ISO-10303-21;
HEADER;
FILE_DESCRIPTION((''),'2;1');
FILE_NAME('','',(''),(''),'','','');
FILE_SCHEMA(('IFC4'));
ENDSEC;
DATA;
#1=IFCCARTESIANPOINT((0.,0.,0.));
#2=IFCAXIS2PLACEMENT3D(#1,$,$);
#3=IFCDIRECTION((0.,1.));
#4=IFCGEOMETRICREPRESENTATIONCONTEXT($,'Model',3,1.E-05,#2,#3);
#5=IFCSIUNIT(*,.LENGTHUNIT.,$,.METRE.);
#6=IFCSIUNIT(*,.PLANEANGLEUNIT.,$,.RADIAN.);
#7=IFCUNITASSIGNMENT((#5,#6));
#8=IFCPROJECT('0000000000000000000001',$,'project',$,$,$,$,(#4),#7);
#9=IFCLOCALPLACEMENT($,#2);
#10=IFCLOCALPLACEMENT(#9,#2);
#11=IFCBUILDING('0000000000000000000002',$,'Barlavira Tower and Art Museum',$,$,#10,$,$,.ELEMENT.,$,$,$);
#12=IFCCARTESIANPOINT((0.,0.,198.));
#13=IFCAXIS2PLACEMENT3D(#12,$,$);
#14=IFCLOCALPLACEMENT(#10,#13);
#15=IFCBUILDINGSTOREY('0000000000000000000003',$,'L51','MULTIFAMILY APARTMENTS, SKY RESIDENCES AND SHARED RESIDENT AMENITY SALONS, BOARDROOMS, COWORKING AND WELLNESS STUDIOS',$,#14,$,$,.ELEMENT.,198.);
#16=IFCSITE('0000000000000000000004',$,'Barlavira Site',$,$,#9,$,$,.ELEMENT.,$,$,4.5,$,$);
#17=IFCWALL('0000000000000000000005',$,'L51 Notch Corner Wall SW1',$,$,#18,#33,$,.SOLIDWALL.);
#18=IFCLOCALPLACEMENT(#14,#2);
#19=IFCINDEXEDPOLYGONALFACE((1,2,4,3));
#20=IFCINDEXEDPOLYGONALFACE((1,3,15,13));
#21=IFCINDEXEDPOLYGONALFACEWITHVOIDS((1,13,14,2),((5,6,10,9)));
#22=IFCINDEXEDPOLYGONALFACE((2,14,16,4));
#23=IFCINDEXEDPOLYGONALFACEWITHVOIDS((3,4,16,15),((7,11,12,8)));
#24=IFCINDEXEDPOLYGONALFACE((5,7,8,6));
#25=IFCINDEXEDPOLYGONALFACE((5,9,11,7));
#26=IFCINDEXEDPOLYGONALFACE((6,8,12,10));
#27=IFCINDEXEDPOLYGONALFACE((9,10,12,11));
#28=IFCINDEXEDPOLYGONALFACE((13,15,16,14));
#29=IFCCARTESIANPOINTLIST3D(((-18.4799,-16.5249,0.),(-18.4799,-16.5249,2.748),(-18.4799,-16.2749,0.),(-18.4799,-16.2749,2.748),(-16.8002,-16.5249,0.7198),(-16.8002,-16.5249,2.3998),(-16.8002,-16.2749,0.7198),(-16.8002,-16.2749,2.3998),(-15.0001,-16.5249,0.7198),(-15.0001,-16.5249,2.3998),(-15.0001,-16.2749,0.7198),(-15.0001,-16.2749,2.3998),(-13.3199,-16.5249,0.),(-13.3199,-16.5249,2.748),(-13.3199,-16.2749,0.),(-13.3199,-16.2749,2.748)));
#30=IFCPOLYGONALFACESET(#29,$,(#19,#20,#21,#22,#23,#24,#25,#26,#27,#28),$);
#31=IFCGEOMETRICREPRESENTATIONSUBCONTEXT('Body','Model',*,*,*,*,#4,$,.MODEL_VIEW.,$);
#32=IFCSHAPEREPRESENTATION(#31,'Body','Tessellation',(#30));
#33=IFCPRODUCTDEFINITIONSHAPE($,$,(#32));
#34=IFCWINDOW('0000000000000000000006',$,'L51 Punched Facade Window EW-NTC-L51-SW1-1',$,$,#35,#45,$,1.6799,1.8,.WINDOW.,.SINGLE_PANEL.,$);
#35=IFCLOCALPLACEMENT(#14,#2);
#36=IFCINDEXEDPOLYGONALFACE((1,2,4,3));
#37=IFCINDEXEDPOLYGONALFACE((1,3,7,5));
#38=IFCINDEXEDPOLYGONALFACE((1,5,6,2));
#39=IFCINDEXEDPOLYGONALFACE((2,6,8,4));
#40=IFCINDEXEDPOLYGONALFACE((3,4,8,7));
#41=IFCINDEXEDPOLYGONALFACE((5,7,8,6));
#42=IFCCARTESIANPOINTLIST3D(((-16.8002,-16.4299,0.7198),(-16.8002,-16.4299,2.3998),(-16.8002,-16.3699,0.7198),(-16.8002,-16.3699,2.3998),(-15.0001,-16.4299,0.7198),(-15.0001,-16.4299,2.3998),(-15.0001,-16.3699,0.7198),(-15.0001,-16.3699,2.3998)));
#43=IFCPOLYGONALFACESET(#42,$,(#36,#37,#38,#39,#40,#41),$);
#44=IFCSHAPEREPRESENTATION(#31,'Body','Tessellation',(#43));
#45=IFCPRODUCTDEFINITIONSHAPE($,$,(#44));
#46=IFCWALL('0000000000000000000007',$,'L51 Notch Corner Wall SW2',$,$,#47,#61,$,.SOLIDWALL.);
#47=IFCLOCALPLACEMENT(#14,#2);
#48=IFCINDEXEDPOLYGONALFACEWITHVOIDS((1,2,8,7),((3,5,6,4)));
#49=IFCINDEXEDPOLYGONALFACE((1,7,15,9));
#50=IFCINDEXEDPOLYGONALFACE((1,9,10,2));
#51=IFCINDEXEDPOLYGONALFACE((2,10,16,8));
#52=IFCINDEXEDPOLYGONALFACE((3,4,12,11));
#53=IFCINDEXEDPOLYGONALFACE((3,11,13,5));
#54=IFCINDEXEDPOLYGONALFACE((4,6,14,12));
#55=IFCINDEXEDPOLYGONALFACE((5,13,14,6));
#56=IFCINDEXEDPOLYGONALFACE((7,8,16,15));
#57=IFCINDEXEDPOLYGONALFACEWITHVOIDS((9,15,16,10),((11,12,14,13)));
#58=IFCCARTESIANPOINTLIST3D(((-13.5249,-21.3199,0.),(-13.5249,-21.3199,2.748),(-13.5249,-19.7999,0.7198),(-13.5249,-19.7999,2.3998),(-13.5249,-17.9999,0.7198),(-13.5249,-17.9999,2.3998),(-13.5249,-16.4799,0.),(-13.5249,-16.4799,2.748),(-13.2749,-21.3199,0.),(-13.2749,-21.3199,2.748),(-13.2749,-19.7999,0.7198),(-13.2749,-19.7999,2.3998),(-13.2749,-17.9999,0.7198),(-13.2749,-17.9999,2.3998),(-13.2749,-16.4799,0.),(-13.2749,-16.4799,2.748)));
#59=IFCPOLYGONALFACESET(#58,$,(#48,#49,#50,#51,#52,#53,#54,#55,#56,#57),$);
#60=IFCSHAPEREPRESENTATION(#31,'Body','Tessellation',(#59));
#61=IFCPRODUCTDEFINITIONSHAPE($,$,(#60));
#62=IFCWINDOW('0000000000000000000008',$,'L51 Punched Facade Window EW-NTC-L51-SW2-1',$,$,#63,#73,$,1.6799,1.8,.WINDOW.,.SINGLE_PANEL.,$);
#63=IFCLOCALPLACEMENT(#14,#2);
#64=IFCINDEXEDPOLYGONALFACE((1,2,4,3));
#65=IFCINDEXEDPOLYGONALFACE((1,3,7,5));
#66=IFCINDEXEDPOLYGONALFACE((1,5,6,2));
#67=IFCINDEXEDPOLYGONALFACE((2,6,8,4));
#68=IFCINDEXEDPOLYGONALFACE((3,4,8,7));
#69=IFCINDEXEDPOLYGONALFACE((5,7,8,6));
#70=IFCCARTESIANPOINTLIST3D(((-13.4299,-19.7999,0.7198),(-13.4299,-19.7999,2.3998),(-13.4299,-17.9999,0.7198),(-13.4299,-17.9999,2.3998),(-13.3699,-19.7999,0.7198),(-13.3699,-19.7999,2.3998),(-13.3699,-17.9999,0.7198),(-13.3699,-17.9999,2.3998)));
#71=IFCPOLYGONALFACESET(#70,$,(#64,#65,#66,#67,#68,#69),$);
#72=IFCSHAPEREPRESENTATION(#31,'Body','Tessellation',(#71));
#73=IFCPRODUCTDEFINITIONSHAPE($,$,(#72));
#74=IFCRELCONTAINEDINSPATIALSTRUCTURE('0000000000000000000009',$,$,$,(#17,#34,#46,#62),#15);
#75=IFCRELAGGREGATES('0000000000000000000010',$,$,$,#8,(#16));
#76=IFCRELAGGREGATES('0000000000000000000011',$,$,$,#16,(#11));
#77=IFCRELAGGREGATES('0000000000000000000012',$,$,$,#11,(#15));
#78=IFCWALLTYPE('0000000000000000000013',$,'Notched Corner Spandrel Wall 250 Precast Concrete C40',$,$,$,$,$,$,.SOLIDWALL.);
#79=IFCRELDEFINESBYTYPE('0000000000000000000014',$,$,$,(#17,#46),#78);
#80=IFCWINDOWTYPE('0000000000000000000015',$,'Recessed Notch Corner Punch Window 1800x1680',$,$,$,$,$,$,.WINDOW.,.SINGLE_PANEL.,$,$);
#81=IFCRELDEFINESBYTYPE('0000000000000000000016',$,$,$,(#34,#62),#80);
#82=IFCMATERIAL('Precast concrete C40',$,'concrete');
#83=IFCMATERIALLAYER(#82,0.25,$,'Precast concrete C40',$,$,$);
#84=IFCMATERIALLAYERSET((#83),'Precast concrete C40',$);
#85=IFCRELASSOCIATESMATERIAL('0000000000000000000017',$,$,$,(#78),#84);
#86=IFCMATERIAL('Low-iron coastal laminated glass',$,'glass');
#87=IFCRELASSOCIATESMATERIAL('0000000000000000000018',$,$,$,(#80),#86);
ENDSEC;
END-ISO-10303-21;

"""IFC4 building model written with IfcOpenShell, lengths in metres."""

from ifc_helpers import new_model, si_unit, direction, frame, frame_2d, origin, place, context, subcontext, project, spatial, rectangle, extrude, material, layer, layer_set, type_object, element, fill, save


model = new_model("IFC4")

# Units and contexts
model_context = context("Model", 3, precision=1e-05, world=origin(), true_north=direction((0.0, 1.0)))
body_context = subcontext(model_context, "Body", "Model", "MODEL_VIEW")
ifc_project = project(units=[si_unit("LENGTHUNIT", "METRE"), si_unit("PLANEANGLEUNIT", "RADIAN")], contexts=[model_context])

# Site, building, storey
site_placement = place(None, origin())
site = spatial("IfcSite", under=ifc_project, at=site_placement, Name="Barlavira Site", CompositionType="ELEMENT", RefElevation=4.5)
building_placement = place(site_placement, origin())
building = spatial("IfcBuilding", under=site, at=building_placement, Name="Barlavira Tower and Art Museum", CompositionType="ELEMENT")
storey_placement = place(building_placement, frame((0.0, 0.0, 198.0)))
storey = spatial("IfcBuildingStorey", under=building, at=storey_placement, Name="L51", Description="MULTIFAMILY APARTMENTS, SKY RESIDENCES AND SHARED RESIDENT AMENITY SALONS, BOARDROOMS, COWORKING AND WELLNESS STUDIOS", CompositionType="ELEMENT", Elevation=198.0)

# Walls, openings, windows
ifc_material_1 = material(Name="Precast concrete C40", Category="concrete")
ifc_layer_1 = layer(ifc_material_1, 0.25, Name="Precast concrete C40")
ifc_layer_set_1 = layer_set([ifc_layer_1], Name="Precast concrete C40")
wall_type_1 = type_object("IfcWallType", Name="Notched Corner Spandrel Wall 250 Precast Concrete C40", PredefinedType="SOLIDWALL", material=ifc_layer_set_1)
ifc_material_2 = material(Name="Low-iron coastal laminated glass", Category="glass")
window_type_1 = type_object("IfcWindowType", Name="Recessed Notch Corner Punch Window 1800x1680", PartitioningType="SINGLE_PANEL", PredefinedType="WINDOW", material=ifc_material_2)
wall_1_placement = place(storey_placement, frame((-18.48, -16.3999, 0.0), z_axis=(0.0, 0.0, 1.0), x_axis=(1.0, 0.0, 0.0)))
wall_1 = element("IfcWall", 1, at=wall_1_placement, inside=storey, type_object=wall_type_1, Name="L51 Notch Corner Wall SW1", PredefinedType="SOLIDWALL", context=body_context, shape_type="SweptSolid", body=[
    extrude(rectangle(XDim=5.1599, YDim=0.25, at=frame_2d((2.5801, 0.0))), origin(), (0.0, 0.0, 1.0), 2.748),
])
opening_1_placement = place(wall_1_placement, frame((1.6799, 0.0, 0.72)))
opening_1 = element("IfcOpeningElement", 2, at=opening_1_placement, cuts=wall_1, PredefinedType="OPENING", context=body_context, shape_type="SweptSolid", body=[
    extrude(rectangle(XDim=1.8, YDim=1.6799, at=frame_2d((0.8999, 0.8398))), frame((0.0, 0.135, 0.0), z_axis=(0.0, -1.0, 0.0), x_axis=(1.0, 0.0, 0.0)), (0.0, 0.0, 1.0), 0.27),
])
window_1_placement = place(opening_1_placement, origin())
window_1 = element("IfcWindow", 3, at=window_1_placement, inside=storey, type_object=window_type_1, Name="L51 Punched Facade Window EW-NTC-L51-SW1-1", OverallHeight=1.6799, OverallWidth=1.8, PartitioningType="SINGLE_PANEL", PredefinedType="WINDOW", context=body_context, shape_type="SweptSolid", body=[
    extrude(rectangle(XDim=1.8, YDim=1.6799, at=frame_2d((0.8999, 0.8398))), frame((0.0, 0.03, 0.0), z_axis=(0.0, -1.0, 0.0), x_axis=(1.0, 0.0, 0.0)), (0.0, 0.0, 1.0), 0.0601),
])
fill(opening_1, window_1)
wall_2_placement = place(storey_placement, frame((-13.3999, -16.48, 0.0), z_axis=(0.0, 0.0, 1.0), x_axis=(0.0, -1.0, 0.0)))
wall_2 = element("IfcWall", 4, at=wall_2_placement, inside=storey, type_object=wall_type_1, Name="L51 Notch Corner Wall SW2", PredefinedType="SOLIDWALL", context=body_context, shape_type="SweptSolid", body=[
    extrude(rectangle(XDim=4.8401, YDim=0.25, at=frame_2d((2.4199, 0.0))), origin(), (0.0, 0.0, 1.0), 2.748),
])
opening_2_placement = place(wall_2_placement, frame((1.52, 0.0, 0.72)))
opening_2 = element("IfcOpeningElement", 5, at=opening_2_placement, cuts=wall_2, PredefinedType="OPENING", context=body_context, shape_type="SweptSolid", body=[
    extrude(rectangle(XDim=1.8, YDim=1.6799, at=frame_2d((0.8999, 0.8398))), frame((0.0, 0.135, 0.0), z_axis=(0.0, -1.0, 0.0), x_axis=(1.0, 0.0, 0.0)), (0.0, 0.0, 1.0), 0.27),
])
window_2_placement = place(opening_2_placement, origin())
window_2 = element("IfcWindow", 6, at=window_2_placement, inside=storey, type_object=window_type_1, Name="L51 Punched Facade Window EW-NTC-L51-SW2-1", OverallHeight=1.6799, OverallWidth=1.8, PartitioningType="SINGLE_PANEL", PredefinedType="WINDOW", context=body_context, shape_type="SweptSolid", body=[
    extrude(rectangle(XDim=1.8, YDim=1.6799, at=frame_2d((0.8999, 0.8398))), frame((0.0, 0.03, 0.0), z_axis=(0.0, -1.0, 0.0), x_axis=(1.0, 0.0, 0.0)), (0.0, 0.0, 1.0), 0.0601),
])
fill(opening_2, window_2)

save(model, "model.ifc")
